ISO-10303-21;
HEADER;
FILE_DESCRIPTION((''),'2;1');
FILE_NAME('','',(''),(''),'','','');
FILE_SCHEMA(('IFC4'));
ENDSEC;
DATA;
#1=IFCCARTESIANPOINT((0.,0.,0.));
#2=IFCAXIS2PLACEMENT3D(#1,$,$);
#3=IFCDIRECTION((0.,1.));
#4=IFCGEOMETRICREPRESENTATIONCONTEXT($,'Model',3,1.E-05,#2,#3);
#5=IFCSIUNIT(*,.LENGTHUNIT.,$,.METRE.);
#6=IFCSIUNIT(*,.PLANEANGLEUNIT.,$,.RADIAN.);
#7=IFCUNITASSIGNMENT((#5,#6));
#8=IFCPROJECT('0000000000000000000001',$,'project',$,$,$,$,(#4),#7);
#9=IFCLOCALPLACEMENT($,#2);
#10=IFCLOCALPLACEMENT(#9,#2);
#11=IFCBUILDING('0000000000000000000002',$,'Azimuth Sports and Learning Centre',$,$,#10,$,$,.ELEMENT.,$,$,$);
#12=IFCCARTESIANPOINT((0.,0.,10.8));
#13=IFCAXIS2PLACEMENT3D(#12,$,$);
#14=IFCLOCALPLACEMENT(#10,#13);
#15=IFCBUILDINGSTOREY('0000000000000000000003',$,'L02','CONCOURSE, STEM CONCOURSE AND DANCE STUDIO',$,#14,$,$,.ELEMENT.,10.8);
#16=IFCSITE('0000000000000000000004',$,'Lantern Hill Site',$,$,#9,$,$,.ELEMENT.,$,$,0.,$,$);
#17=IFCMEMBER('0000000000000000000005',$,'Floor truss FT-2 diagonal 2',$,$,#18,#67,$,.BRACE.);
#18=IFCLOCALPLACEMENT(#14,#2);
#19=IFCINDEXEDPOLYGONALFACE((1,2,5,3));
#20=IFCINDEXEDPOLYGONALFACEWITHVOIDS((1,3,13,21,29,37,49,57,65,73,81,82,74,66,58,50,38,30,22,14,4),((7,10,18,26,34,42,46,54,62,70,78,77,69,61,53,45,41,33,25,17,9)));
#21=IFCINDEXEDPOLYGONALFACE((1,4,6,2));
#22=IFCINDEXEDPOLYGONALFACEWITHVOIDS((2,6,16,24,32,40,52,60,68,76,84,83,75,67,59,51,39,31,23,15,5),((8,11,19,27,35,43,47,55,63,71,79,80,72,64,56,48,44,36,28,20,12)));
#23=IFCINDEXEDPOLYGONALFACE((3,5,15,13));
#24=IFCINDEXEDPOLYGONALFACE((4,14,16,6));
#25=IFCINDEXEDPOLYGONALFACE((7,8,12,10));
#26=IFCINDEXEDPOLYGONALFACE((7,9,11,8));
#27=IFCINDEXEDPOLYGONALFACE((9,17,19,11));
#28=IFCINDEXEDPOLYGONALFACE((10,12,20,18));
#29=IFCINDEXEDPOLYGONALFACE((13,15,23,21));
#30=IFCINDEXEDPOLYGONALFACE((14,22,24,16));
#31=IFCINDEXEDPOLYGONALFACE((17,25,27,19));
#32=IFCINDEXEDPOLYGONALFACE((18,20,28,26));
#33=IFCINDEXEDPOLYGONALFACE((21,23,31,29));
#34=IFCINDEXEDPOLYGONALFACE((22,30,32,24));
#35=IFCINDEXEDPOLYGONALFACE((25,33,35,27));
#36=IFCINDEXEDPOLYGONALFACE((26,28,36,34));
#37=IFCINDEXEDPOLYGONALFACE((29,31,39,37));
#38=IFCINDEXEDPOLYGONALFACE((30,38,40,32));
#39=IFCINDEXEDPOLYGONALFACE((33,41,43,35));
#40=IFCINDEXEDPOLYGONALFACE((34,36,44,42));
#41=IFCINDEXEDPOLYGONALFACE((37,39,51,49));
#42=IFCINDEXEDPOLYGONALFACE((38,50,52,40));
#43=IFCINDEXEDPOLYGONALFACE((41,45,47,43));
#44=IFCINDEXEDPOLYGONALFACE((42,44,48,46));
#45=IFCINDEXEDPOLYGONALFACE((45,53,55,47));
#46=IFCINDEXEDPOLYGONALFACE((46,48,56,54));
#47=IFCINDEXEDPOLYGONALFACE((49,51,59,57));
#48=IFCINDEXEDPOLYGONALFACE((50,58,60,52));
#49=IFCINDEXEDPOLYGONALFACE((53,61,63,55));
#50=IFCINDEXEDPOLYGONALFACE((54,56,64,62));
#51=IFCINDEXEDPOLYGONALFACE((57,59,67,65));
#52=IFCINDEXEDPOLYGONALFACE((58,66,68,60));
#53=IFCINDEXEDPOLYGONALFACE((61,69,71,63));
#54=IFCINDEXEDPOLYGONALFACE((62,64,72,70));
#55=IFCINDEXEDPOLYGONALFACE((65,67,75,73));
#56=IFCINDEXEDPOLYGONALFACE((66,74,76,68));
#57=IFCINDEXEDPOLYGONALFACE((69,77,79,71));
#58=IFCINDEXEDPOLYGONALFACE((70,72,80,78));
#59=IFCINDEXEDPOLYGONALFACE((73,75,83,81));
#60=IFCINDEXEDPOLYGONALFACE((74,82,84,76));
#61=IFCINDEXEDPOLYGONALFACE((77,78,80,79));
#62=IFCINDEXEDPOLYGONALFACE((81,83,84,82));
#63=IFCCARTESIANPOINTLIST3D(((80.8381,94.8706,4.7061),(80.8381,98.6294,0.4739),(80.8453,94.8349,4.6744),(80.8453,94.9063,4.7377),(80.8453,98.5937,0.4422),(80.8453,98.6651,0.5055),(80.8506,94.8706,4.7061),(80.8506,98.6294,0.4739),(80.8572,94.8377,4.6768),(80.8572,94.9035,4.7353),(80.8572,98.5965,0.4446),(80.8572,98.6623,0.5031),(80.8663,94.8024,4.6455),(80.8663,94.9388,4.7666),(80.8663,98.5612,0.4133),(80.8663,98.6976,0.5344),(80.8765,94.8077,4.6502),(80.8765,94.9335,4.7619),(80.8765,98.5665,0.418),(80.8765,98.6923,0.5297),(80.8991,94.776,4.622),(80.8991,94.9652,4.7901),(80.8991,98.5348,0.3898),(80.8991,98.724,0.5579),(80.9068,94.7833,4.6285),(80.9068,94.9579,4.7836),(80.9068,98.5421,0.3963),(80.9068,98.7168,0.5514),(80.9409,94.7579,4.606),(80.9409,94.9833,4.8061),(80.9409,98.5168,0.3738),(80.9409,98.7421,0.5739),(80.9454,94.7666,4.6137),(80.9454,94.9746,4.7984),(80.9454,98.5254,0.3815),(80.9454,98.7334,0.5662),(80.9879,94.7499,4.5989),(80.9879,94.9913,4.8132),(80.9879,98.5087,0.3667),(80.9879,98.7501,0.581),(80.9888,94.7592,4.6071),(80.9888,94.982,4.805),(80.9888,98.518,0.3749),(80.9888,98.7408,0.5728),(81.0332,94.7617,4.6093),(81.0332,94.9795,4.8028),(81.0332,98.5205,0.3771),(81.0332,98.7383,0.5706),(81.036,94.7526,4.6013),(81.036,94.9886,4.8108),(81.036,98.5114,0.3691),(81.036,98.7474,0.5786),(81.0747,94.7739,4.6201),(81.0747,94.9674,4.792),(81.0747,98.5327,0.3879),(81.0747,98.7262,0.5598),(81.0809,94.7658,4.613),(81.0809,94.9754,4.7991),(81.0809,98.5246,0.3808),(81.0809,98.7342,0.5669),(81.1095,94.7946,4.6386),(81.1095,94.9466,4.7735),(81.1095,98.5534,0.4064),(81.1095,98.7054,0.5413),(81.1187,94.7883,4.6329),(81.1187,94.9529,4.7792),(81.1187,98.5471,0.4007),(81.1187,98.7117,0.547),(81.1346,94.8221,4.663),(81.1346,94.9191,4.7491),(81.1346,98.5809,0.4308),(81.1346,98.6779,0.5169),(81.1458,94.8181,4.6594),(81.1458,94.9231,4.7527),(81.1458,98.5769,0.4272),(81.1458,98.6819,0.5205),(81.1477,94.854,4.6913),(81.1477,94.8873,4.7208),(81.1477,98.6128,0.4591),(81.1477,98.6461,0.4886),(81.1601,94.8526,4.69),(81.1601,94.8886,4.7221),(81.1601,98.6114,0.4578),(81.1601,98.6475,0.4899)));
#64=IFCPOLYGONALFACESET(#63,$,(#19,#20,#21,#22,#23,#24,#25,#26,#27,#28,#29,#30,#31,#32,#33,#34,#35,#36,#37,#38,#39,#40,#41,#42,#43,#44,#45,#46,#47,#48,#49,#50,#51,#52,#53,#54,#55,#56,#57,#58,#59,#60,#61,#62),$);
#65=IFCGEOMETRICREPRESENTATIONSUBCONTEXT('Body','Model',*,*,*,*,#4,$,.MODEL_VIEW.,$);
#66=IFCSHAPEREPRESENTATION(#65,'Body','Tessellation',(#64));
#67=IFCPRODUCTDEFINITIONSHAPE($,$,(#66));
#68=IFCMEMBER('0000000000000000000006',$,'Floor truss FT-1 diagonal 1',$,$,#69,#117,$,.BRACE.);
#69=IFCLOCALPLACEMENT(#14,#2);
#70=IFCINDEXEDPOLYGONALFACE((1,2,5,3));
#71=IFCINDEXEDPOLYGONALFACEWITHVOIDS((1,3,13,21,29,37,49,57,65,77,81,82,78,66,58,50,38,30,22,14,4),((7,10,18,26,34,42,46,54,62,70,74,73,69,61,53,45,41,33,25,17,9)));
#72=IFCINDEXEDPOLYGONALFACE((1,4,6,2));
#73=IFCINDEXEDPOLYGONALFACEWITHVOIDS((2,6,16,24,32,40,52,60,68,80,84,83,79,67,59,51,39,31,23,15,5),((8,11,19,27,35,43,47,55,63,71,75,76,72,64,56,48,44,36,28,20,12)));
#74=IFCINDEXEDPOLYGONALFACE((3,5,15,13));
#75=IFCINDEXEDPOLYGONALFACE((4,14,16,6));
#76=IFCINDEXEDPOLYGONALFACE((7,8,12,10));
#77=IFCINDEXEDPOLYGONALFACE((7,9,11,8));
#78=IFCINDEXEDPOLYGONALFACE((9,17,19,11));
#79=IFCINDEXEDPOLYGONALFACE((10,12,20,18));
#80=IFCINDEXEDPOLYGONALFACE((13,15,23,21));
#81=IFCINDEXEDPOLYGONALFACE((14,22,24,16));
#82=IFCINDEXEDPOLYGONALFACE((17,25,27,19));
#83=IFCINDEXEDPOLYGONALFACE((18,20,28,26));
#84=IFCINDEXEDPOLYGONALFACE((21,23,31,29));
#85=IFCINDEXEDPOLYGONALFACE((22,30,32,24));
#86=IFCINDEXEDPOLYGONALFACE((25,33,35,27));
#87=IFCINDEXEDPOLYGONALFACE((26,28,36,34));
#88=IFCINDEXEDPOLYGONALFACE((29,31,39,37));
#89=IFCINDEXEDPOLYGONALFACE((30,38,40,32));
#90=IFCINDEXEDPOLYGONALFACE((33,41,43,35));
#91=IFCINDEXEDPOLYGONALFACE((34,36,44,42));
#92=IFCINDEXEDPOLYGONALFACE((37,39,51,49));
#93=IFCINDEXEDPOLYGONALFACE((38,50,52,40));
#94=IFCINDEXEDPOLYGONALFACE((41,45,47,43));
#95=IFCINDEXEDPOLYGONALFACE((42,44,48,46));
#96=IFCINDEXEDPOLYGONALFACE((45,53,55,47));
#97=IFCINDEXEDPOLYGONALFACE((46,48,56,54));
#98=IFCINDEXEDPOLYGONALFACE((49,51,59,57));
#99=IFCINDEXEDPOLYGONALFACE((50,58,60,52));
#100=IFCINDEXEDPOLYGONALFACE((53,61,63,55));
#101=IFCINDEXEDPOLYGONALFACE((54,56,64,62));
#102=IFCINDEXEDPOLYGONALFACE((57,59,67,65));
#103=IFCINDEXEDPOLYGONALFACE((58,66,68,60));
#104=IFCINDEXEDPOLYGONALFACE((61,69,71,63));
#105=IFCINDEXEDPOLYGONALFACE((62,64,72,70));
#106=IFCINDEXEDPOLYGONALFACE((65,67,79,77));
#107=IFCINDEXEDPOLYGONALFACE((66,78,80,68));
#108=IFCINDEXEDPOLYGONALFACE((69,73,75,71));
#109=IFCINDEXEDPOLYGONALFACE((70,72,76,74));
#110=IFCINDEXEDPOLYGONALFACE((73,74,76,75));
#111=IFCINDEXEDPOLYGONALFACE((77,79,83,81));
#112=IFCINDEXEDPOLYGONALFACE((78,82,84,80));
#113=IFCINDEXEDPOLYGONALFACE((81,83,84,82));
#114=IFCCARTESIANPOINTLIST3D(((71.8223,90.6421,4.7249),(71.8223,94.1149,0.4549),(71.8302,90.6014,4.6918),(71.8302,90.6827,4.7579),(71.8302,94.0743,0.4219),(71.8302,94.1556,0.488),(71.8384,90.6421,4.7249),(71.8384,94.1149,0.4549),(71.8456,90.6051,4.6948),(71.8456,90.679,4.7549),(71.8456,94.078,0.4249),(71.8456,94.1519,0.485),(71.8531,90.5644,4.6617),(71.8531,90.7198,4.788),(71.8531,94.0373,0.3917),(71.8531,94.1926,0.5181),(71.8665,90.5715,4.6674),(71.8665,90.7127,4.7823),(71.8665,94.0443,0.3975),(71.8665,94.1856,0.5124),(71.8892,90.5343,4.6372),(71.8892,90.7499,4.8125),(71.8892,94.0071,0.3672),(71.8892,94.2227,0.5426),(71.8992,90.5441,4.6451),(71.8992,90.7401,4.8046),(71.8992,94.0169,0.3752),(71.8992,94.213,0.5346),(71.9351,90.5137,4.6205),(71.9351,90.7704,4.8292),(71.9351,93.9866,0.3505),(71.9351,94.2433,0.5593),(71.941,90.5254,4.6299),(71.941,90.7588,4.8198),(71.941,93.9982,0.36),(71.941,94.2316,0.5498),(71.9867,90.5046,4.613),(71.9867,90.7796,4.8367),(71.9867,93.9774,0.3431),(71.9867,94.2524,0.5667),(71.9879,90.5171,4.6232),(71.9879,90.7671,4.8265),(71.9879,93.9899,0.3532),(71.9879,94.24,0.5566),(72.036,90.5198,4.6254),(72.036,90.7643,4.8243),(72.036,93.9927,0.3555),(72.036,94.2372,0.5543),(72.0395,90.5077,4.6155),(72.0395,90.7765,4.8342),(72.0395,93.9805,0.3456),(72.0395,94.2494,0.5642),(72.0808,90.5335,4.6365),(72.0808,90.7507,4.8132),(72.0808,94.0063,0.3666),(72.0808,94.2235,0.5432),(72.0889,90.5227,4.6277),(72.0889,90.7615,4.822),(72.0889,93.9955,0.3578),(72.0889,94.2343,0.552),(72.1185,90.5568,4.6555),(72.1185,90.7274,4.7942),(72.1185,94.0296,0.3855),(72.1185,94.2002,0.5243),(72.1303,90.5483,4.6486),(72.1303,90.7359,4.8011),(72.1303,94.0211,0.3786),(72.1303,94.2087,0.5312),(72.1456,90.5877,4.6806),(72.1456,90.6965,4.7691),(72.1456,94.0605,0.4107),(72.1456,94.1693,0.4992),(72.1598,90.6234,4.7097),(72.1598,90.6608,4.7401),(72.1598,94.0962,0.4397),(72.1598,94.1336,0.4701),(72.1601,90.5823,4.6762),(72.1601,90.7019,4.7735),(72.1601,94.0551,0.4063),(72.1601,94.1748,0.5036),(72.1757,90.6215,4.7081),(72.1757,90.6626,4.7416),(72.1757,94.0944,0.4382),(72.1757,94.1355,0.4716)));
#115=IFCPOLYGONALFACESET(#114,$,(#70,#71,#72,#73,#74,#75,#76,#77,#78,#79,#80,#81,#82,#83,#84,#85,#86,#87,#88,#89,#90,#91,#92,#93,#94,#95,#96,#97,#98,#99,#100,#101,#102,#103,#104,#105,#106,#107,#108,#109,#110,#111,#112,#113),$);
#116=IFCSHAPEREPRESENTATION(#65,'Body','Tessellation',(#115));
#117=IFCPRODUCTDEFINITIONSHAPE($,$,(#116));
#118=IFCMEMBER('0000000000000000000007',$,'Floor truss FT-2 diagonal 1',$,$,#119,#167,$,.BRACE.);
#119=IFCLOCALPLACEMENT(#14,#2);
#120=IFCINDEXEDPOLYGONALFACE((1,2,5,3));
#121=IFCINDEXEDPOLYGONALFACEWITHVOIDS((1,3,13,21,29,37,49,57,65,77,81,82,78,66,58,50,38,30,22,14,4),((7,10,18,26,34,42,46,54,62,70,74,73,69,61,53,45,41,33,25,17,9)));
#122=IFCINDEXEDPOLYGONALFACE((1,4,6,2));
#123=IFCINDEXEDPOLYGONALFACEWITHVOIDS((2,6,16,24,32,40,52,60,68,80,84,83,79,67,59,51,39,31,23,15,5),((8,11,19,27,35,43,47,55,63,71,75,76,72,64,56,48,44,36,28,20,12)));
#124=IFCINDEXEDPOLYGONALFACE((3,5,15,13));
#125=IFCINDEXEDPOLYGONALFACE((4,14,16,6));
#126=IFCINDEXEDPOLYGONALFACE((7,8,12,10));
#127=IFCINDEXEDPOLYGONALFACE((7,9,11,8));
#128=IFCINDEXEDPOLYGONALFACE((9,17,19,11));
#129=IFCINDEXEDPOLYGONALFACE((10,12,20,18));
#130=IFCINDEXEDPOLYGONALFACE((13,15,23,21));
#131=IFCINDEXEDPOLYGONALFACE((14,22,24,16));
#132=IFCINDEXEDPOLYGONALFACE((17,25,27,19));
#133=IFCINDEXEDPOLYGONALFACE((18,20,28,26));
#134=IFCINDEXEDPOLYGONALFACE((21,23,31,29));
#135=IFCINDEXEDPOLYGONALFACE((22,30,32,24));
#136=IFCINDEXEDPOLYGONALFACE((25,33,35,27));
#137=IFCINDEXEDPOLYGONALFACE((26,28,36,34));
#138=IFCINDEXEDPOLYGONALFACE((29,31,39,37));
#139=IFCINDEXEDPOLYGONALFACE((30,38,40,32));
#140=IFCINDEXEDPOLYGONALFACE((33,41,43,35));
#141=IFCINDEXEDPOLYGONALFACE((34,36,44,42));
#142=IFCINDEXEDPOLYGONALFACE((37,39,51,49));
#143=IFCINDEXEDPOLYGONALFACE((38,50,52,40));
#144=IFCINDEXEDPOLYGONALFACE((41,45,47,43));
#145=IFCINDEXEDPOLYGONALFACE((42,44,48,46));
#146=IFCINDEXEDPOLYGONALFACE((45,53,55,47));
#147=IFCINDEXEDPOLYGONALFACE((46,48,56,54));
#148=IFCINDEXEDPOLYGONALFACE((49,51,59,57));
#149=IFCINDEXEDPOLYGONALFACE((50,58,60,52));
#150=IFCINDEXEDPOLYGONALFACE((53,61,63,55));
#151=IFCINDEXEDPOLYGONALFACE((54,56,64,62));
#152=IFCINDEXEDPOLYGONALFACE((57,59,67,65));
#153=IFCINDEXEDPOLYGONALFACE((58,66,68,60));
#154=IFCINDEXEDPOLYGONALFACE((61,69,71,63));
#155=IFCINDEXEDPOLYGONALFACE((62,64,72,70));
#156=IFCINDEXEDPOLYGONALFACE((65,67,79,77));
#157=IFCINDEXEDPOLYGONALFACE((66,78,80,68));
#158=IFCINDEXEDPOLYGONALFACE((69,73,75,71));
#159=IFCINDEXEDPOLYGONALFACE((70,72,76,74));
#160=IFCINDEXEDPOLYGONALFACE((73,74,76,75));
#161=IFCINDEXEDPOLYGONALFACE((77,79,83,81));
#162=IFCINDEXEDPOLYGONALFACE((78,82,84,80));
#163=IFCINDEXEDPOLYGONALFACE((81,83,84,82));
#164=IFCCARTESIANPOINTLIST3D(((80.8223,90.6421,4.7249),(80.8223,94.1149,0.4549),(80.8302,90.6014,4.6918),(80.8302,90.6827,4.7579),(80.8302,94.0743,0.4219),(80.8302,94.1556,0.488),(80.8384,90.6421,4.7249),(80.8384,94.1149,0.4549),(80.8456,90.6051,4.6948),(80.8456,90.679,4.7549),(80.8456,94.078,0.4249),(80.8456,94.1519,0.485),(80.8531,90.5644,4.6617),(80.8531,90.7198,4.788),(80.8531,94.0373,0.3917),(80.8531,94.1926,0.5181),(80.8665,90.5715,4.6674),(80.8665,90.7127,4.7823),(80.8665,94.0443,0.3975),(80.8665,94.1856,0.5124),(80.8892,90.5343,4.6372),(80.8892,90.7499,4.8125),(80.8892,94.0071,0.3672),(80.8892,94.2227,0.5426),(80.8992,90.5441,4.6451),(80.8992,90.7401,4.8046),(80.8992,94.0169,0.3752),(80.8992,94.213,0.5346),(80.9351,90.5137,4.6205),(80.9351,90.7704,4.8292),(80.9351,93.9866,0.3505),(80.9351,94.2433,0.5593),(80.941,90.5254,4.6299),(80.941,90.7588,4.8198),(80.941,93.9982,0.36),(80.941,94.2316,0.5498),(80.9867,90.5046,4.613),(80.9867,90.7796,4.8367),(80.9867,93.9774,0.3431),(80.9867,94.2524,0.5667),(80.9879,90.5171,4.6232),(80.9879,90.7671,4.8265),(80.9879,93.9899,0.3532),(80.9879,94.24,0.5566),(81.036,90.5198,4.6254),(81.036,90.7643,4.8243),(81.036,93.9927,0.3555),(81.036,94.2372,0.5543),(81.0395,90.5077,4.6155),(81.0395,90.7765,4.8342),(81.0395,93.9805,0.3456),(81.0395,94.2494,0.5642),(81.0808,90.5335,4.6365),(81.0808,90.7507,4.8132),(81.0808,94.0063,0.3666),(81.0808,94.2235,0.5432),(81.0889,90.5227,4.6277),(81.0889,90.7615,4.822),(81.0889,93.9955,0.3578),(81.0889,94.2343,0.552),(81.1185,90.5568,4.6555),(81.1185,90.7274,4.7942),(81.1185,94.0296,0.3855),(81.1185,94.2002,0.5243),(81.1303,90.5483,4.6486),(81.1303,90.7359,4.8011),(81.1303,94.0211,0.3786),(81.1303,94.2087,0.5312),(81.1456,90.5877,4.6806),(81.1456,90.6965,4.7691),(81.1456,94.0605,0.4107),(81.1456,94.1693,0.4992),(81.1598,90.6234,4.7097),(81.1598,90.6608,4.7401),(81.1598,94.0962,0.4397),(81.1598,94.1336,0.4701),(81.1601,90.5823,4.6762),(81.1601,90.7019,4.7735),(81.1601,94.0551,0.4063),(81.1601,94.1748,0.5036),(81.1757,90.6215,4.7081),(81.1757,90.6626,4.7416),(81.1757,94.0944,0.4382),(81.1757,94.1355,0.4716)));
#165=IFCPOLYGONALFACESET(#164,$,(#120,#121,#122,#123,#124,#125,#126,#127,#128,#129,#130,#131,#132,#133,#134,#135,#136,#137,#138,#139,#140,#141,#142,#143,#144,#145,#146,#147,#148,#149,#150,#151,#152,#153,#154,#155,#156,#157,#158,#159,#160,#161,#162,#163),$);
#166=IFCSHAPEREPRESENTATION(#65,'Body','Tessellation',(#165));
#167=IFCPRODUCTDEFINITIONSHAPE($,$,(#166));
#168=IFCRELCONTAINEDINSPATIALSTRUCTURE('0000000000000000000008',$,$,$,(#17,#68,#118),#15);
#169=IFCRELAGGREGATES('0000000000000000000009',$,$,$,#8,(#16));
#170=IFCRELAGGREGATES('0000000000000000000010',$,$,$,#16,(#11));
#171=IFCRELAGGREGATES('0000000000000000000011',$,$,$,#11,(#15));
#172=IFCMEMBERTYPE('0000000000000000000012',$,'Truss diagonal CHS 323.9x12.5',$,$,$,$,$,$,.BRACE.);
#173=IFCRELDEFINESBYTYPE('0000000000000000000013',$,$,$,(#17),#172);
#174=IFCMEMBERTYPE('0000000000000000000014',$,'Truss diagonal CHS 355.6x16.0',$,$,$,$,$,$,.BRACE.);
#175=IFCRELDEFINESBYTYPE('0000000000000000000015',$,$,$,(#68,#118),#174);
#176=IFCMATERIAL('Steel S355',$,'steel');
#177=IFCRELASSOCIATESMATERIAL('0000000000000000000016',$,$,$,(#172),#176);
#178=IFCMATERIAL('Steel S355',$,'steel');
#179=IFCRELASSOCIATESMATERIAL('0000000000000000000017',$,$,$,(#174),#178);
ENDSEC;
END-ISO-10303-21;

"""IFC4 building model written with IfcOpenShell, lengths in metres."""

from ifc_helpers import new_model, si_unit, direction, frame, origin, origin_2d, place, context, subcontext, project, spatial, hollow_circle, extrude, material, material_profile, profile_set, type_object, element, save


model = new_model("IFC4")

# Units and contexts
model_context = context("Model", 3, precision=1e-05, world=origin(), true_north=direction((0.0, 1.0)))
body_context = subcontext(model_context, "Body", "Model", "MODEL_VIEW")
ifc_project = project(units=[si_unit("LENGTHUNIT", "METRE"), si_unit("PLANEANGLEUNIT", "RADIAN")], contexts=[model_context])

# Site, building, storey
site_placement = place(None, origin())
site = spatial("IfcSite", under=ifc_project, at=site_placement, Name="Lantern Hill Site", CompositionType="ELEMENT", RefElevation=0.0)
building_placement = place(site_placement, origin())
building = spatial("IfcBuilding", under=site, at=building_placement, Name="Azimuth Sports and Learning Centre", CompositionType="ELEMENT")
storey_placement = place(building_placement, frame((0.0, 0.0, 10.8)))
storey = spatial("IfcBuildingStorey", under=building, at=storey_placement, Name="L02", Description="CONCOURSE, STEM CONCOURSE AND DANCE STUDIO", CompositionType="ELEMENT", Elevation=10.8)

# Members
ifc_material_1 = material(Name="Steel S355", Category="steel")
ifc_material_profile_1 = material_profile(ifc_material_1, hollow_circle(Radius=0.1619, WallThickness=0.0125, at=origin_2d()), Name="CHS 323.9x12.5")
ifc_profile_set_1 = profile_set([ifc_material_profile_1], Name="Steel S355")
member_type_1 = type_object("IfcMemberType", Name="Truss diagonal CHS 323.9x12.5", PredefinedType="BRACE", material=ifc_profile_set_1)
for number, where, z_axis, x_axis, name in (
    (1, (81.0, 94.8706, 4.7061), (0.0, 0.664053, -0.747685), (-1.0, 0.0, 0.0), "Floor truss FT-2 diagonal 2"),
):
    element("IfcMember", number, at=place(storey_placement, frame(where, z_axis=z_axis, x_axis=x_axis)), inside=storey, type_object=member_type_1, Name=name, PredefinedType="BRACE", context=body_context, shape_type="SweptSolid", body=[
        extrude(hollow_circle(Radius=0.1619, WallThickness=0.0125, at=origin_2d()), origin(), (0.0, 0.0, 1.0), 5.6604),
    ])
ifc_material_2 = material(Name="Steel S355", Category="steel")
ifc_material_profile_2 = material_profile(ifc_material_2, hollow_circle(Radius=0.1777, WallThickness=0.0161, at=origin_2d()), Name="CHS 355.6x16.0")
ifc_profile_set_2 = profile_set([ifc_material_profile_2], Name="Steel S355")
member_type_2 = type_object("IfcMemberType", Name="Truss diagonal CHS 355.6x16.0", PredefinedType="BRACE", material=ifc_profile_set_2)
for number, where, z_axis, x_axis, name in (
    (2, (72.0, 90.6421, 4.7249), (0.0, 0.630977, -0.775802), (-1.0, 0.0, 0.0), "Floor truss FT-1 diagonal 1"),
    (3, (81.0, 90.6421, 4.7249), (0.0, 0.630977, -0.775802), (-1.0, 0.0, 0.0), "Floor truss FT-2 diagonal 1"),
):
    element("IfcMember", number, at=place(storey_placement, frame(where, z_axis=z_axis, x_axis=x_axis)), inside=storey, type_object=member_type_2, Name=name, PredefinedType="BRACE", context=body_context, shape_type="SweptSolid", body=[
        extrude(hollow_circle(Radius=0.1777, WallThickness=0.0161, at=origin_2d()), origin(), (0.0, 0.0, 1.0), 5.5039),
    ])

save(model, "model.ifc")
